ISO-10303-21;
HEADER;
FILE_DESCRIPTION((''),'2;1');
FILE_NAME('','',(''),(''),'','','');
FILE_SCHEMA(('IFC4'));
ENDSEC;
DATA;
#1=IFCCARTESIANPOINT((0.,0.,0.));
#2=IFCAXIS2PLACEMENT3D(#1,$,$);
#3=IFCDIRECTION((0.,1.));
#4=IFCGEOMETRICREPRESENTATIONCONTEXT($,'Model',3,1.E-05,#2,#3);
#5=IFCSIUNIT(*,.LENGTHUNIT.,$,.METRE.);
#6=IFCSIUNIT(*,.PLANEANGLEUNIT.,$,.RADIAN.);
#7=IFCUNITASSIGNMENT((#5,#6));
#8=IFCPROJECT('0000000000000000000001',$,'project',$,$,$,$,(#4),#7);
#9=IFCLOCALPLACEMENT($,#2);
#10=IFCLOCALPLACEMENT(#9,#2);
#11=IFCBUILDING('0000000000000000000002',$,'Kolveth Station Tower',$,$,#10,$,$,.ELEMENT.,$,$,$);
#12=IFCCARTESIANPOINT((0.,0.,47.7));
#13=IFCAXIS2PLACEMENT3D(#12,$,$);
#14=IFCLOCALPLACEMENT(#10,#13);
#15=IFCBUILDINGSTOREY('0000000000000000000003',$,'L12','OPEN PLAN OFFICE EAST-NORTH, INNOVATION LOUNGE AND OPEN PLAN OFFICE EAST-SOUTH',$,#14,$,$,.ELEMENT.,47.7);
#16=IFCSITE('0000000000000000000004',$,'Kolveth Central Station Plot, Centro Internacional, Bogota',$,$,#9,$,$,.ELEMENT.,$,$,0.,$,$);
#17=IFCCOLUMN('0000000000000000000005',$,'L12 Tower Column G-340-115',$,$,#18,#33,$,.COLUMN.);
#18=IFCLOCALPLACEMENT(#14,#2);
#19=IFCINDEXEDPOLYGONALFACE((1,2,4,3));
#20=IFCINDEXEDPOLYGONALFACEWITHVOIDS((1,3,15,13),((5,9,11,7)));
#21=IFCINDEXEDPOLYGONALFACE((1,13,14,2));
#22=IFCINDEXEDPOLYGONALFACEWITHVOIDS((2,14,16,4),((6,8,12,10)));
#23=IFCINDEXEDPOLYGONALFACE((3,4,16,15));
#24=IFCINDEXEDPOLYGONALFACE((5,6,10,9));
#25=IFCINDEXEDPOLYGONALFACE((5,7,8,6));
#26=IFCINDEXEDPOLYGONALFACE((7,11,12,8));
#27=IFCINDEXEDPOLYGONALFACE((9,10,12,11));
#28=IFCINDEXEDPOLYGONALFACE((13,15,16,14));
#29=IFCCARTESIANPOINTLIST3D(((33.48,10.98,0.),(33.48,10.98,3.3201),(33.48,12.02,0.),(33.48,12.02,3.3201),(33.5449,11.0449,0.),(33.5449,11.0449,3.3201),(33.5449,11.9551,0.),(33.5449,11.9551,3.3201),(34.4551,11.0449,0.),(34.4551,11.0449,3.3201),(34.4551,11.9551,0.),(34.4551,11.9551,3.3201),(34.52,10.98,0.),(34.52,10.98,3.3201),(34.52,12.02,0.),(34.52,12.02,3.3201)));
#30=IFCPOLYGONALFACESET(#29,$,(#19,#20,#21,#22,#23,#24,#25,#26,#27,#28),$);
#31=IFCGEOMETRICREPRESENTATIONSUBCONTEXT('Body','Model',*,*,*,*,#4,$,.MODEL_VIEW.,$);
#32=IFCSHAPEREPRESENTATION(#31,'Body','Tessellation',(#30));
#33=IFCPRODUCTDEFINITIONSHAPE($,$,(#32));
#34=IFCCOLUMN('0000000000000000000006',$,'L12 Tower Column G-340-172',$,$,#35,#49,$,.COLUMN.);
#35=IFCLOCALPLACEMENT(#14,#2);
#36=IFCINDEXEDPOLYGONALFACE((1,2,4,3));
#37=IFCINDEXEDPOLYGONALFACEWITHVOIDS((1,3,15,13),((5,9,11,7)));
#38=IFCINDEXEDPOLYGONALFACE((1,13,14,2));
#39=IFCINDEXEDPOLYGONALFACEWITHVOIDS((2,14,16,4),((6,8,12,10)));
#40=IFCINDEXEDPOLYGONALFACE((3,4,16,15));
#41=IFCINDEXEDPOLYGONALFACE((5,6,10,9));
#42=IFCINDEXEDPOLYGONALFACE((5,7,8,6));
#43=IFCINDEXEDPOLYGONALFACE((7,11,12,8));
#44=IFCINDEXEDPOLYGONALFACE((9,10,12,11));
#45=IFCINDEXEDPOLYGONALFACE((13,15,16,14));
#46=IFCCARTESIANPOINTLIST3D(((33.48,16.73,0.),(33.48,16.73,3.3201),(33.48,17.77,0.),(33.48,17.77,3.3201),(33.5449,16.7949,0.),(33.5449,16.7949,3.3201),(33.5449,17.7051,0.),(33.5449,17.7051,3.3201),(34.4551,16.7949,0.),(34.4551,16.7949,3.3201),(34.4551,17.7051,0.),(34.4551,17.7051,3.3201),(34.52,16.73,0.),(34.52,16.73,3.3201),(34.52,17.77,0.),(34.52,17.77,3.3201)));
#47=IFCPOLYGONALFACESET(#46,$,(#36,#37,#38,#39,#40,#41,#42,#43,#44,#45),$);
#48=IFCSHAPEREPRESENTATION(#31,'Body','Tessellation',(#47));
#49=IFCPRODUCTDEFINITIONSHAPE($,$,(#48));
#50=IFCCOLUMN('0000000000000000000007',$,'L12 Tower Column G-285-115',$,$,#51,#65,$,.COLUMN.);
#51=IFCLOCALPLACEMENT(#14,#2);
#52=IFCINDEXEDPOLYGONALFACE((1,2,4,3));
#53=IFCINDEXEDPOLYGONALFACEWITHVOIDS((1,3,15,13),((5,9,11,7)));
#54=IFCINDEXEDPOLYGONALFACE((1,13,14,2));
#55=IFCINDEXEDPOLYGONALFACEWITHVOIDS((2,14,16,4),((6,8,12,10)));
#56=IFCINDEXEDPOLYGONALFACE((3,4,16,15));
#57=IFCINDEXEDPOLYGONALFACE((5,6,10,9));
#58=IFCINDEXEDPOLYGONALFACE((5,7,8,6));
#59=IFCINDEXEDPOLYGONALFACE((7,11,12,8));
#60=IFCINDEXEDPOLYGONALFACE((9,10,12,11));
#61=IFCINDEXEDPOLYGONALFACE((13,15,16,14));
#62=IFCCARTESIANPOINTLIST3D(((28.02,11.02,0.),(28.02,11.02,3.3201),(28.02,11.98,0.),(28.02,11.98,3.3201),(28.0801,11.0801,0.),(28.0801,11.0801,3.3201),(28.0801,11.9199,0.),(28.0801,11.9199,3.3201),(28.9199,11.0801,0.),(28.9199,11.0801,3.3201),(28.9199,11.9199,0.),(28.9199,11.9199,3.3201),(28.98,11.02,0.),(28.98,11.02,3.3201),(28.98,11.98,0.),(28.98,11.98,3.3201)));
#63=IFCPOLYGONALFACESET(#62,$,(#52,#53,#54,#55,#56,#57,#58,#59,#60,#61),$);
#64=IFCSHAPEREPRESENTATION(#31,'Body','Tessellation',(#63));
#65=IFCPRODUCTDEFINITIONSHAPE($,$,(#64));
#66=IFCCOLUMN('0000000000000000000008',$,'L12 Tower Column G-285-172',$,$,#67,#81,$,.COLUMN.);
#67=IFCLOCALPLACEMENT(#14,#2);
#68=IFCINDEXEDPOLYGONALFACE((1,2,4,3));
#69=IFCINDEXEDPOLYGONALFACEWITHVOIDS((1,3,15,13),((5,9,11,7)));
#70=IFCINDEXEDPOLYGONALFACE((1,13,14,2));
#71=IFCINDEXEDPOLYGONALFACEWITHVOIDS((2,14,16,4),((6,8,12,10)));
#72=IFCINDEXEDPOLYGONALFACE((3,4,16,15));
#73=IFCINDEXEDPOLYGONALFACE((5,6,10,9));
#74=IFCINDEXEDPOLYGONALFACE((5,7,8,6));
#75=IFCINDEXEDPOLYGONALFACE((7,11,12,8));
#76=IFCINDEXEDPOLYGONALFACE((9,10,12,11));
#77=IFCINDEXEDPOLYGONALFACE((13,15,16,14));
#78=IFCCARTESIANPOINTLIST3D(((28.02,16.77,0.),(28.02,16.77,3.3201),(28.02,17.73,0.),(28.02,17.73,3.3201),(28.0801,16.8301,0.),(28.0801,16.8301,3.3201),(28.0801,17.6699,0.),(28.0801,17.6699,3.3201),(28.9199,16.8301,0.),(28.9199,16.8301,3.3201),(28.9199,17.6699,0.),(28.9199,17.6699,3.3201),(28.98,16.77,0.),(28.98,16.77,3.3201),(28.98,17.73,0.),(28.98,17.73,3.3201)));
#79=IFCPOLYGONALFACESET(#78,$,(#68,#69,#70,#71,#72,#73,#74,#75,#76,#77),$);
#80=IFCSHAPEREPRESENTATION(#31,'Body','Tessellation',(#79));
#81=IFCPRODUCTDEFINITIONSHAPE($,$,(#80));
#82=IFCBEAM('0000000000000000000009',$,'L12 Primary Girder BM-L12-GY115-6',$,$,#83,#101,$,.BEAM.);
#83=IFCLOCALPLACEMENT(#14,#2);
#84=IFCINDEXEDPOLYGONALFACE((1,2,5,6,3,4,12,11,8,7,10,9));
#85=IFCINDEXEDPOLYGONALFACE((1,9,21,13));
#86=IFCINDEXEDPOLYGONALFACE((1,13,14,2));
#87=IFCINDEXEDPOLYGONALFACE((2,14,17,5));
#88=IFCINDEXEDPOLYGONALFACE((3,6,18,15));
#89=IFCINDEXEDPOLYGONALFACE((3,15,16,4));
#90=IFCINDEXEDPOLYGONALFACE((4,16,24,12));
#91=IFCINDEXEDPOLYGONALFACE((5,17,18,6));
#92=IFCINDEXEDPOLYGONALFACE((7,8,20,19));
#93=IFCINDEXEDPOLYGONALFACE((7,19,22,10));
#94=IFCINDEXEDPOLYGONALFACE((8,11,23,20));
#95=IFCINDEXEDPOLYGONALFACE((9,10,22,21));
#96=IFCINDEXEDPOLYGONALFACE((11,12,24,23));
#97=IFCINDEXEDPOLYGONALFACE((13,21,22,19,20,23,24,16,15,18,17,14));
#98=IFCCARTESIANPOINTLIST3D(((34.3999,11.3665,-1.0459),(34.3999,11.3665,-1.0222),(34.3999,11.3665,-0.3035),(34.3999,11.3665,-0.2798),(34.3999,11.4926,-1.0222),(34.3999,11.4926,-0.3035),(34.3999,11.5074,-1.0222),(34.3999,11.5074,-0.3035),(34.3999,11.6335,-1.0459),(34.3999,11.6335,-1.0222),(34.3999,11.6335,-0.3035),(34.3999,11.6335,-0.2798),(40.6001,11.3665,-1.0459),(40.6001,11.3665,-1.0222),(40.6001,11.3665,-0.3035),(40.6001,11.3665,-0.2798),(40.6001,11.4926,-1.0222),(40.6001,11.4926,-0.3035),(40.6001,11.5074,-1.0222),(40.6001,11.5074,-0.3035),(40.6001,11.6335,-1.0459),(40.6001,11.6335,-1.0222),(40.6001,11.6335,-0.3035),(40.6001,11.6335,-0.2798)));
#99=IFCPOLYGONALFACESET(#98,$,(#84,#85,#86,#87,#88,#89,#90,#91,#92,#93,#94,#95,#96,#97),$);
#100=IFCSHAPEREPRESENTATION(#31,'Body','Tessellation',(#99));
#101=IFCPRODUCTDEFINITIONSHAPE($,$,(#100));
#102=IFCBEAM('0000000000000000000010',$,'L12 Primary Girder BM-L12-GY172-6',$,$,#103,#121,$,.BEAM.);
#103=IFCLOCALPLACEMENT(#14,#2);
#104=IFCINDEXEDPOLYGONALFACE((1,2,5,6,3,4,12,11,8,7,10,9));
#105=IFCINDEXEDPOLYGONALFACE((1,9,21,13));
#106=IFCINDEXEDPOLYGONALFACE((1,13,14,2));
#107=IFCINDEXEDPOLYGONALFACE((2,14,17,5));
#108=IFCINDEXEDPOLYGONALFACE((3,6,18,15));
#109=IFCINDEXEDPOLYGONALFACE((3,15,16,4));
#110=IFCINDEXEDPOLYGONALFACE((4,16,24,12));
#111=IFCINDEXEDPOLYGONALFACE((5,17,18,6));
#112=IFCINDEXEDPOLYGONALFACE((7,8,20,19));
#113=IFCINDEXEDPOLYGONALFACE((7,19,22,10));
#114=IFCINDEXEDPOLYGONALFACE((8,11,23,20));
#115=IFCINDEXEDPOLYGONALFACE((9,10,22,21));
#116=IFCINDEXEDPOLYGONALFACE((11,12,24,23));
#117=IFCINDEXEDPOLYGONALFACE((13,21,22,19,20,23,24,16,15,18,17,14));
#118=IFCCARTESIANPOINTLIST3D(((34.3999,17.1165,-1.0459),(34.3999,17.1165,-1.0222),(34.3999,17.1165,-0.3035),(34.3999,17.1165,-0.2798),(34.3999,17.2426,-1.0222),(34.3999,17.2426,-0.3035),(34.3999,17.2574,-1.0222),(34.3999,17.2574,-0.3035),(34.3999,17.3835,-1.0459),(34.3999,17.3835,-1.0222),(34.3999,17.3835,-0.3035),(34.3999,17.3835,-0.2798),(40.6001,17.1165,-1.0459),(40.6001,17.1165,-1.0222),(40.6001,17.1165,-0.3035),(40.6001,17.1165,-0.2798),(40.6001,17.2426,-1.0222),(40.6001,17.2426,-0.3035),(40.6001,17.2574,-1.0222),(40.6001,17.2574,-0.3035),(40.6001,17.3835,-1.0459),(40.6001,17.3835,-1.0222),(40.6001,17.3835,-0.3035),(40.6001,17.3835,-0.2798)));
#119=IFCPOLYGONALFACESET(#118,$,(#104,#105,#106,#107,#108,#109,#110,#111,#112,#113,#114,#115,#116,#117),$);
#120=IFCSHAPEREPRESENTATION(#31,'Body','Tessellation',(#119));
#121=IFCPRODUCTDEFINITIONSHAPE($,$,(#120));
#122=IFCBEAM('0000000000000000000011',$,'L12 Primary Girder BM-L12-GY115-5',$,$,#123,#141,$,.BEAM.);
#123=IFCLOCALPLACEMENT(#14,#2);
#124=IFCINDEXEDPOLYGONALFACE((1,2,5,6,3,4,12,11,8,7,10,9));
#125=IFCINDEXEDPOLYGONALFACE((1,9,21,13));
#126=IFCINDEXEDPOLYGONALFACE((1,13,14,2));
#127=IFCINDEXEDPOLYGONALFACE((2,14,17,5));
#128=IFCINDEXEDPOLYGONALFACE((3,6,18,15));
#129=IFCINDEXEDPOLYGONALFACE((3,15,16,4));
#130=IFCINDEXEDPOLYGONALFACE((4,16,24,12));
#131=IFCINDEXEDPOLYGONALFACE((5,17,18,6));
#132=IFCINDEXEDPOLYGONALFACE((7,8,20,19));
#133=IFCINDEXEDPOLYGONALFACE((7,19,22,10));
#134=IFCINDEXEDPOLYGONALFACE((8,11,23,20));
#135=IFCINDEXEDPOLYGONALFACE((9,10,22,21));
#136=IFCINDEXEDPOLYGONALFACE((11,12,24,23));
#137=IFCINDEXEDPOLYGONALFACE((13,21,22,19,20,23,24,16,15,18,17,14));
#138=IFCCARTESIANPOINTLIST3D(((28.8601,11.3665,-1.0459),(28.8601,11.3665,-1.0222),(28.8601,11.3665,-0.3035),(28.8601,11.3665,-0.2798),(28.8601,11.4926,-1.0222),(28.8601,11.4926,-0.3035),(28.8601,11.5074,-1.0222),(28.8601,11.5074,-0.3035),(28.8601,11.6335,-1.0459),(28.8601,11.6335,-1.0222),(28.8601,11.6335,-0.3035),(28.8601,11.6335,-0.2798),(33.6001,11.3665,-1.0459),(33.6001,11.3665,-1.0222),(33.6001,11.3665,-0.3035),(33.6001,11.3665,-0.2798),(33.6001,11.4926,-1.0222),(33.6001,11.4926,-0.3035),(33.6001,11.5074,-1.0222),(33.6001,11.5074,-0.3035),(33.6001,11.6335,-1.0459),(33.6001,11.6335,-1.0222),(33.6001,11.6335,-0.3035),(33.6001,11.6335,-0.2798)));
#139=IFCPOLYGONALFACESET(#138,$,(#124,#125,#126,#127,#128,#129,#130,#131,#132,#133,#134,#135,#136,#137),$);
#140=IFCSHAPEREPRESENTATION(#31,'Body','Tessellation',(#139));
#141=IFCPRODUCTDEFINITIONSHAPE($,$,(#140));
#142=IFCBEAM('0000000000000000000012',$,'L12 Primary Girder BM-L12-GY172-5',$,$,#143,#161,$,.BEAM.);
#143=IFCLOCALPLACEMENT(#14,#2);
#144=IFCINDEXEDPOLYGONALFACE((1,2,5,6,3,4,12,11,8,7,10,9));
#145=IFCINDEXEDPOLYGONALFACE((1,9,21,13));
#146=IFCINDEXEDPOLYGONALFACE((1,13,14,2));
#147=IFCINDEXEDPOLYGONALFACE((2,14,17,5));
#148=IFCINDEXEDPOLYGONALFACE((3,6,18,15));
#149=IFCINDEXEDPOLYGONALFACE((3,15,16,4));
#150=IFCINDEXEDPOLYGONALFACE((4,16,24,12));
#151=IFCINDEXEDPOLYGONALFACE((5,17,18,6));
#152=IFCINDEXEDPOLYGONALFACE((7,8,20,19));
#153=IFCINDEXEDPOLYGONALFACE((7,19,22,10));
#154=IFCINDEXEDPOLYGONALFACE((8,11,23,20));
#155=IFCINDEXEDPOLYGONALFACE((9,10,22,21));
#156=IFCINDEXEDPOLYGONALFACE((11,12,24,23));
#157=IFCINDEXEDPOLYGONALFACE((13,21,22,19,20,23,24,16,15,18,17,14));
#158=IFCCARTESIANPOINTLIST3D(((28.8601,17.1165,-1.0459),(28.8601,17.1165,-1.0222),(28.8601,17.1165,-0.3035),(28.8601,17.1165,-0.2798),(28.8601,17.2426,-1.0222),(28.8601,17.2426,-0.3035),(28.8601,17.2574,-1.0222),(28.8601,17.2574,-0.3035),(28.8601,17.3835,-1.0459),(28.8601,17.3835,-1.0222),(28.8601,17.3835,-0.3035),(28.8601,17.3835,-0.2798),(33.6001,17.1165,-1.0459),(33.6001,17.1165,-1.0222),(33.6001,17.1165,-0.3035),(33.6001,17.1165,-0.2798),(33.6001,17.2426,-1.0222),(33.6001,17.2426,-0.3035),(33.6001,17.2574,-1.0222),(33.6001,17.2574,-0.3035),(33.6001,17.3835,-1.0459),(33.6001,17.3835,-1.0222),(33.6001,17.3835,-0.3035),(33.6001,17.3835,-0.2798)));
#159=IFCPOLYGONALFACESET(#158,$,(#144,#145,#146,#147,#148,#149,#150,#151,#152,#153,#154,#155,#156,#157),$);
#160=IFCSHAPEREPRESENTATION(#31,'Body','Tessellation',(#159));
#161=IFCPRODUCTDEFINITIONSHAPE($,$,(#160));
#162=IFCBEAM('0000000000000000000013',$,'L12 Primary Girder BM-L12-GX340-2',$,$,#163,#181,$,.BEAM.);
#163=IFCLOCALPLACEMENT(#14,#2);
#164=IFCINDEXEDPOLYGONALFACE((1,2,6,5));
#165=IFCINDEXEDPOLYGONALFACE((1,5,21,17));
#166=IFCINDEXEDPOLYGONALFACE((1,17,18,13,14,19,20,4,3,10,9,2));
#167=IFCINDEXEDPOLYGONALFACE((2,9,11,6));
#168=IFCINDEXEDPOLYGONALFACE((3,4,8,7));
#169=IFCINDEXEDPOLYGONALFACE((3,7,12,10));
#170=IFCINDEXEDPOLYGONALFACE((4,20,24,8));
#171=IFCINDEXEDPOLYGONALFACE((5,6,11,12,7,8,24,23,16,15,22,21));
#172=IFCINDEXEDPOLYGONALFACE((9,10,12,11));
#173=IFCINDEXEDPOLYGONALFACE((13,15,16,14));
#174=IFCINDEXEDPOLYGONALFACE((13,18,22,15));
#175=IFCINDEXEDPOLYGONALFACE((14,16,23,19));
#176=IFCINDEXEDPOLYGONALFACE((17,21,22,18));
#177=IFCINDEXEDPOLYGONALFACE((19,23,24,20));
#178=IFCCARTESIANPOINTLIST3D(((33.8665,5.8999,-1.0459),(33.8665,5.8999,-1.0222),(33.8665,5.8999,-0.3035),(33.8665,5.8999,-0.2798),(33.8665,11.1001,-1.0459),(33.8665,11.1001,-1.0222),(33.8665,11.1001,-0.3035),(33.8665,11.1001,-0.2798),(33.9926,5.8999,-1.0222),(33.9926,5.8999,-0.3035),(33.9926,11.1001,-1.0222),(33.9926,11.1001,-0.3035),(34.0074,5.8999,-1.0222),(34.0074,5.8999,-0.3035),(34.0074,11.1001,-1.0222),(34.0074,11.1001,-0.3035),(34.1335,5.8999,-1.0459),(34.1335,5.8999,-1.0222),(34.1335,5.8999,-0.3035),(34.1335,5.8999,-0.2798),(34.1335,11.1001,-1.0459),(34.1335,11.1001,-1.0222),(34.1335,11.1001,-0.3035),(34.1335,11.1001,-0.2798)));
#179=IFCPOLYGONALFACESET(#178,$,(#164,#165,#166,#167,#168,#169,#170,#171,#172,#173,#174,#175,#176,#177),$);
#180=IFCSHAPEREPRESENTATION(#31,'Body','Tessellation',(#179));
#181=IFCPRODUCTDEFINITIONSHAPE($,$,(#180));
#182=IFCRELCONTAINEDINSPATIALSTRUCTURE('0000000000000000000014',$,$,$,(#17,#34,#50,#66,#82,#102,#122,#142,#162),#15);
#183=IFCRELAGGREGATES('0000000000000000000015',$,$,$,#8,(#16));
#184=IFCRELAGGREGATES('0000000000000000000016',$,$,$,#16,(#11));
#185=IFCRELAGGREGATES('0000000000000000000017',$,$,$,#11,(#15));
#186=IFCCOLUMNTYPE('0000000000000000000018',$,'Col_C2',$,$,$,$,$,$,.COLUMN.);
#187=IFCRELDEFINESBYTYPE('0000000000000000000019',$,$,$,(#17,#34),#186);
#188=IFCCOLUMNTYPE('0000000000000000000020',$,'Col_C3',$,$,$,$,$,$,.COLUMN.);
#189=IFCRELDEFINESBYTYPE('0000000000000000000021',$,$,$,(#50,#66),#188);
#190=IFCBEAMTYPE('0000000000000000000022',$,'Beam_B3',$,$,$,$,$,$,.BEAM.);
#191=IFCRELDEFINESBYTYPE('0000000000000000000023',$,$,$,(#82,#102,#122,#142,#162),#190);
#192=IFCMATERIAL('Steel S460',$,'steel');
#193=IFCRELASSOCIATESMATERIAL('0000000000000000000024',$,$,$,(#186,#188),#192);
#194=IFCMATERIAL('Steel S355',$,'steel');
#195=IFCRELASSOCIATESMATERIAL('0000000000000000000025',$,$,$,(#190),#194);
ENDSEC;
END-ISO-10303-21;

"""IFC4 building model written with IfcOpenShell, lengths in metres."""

from ifc_helpers import new_model, si_unit, direction, frame, origin, origin_2d, place, context, subcontext, project, spatial, hollow_rectangle, i_section, extrude, source, transform, mapped, material, material_profile, profile_set, type_object, element, save


model = new_model("IFC4")

# Units and contexts
model_context = context("Model", 3, precision=1e-05, world=origin(), true_north=direction((0.0, 1.0)))
body_context = subcontext(model_context, "Body", "Model", "MODEL_VIEW")
ifc_project = project(units=[si_unit("LENGTHUNIT", "METRE"), si_unit("PLANEANGLEUNIT", "RADIAN")], contexts=[model_context])

# Site, building, storey
site_placement = place(None, origin())
site = spatial("IfcSite", under=ifc_project, at=site_placement, Name="Kolveth Central Station Plot, Centro Internacional, Bogota", CompositionType="ELEMENT", RefElevation=0.0)
building_placement = place(site_placement, origin())
building = spatial("IfcBuilding", under=site, at=building_placement, Name="Kolveth Station Tower", CompositionType="ELEMENT")
storey_placement = place(building_placement, frame((0.0, 0.0, 47.7)))
storey = spatial("IfcBuildingStorey", under=building, at=storey_placement, Name="L12", Description="OPEN PLAN OFFICE EAST-NORTH, INNOVATION LOUNGE AND OPEN PLAN OFFICE EAST-SOUTH", CompositionType="ELEMENT", Elevation=47.7)

# Columns
ifc_material_1 = material(Name="Steel S460", Category="steel")
ifc_material_profile_1 = material_profile(ifc_material_1, hollow_rectangle(XDim=1.04, YDim=1.04, WallThickness=0.0649, at=origin_2d()), Name="BOX1040x1040x65")
ifc_profile_set_1 = profile_set([ifc_material_profile_1], Name="Steel S460")
column_type_1 = type_object("IfcColumnType", Name="Col_C2", PredefinedType="COLUMN", material=ifc_profile_set_1)
shared_shape_1 = source(origin(), body_context, "Body", "SweptSolid", [
    extrude(hollow_rectangle(XDim=1.04, YDim=1.04, WallThickness=0.0649, at=origin_2d()), origin(), (0.0, 0.0, 1.0), 3.3201),
])
for number, where, z_axis, x_axis, name in (
    (1, (34.0, 11.5, 0.0), (0.0, 0.0, 1.0), (1.0, 0.0, 0.0), "L12 Tower Column G-340-115"),
    (2, (34.0, 17.25, 0.0), (0.0, 0.0, 1.0), (1.0, 0.0, 0.0), "L12 Tower Column G-340-172"),
):
    element("IfcColumn", number, at=place(storey_placement, frame(where, z_axis=z_axis, x_axis=x_axis)), inside=storey, type_object=column_type_1, Name=name, PredefinedType="COLUMN", context=body_context, shape_type="MappedRepresentation", body=[
        mapped(shared_shape_1, transform((0.0, 0.0, 0.0), x_axis=(1.0, 0.0, 0.0), y_axis=(0.0, 1.0, 0.0), z_axis=(0.0, 0.0, 1.0), scale=1.0)),
    ])
ifc_material_profile_2 = material_profile(ifc_material_1, hollow_rectangle(XDim=0.96, YDim=0.96, WallThickness=0.0601, at=origin_2d()), Name="BOX960x960x60")
ifc_profile_set_2 = profile_set([ifc_material_profile_2], Name="Steel S460")
column_type_2 = type_object("IfcColumnType", Name="Col_C3", PredefinedType="COLUMN", material=ifc_profile_set_2)
shared_shape_2 = source(origin(), body_context, "Body", "SweptSolid", [
    extrude(hollow_rectangle(XDim=0.96, YDim=0.96, WallThickness=0.0601, at=origin_2d()), origin(), (0.0, 0.0, 1.0), 3.3201),
])
for number, where, z_axis, x_axis, name in (
    (3, (28.5, 11.5, 0.0), (0.0, 0.0, 1.0), (1.0, 0.0, 0.0), "L12 Tower Column G-285-115"),
    (4, (28.5, 17.25, 0.0), (0.0, 0.0, 1.0), (1.0, 0.0, 0.0), "L12 Tower Column G-285-172"),
):
    element("IfcColumn", number, at=place(storey_placement, frame(where, z_axis=z_axis, x_axis=x_axis)), inside=storey, type_object=column_type_2, Name=name, PredefinedType="COLUMN", context=body_context, shape_type="MappedRepresentation", body=[
        mapped(shared_shape_2, transform((0.0, 0.0, 0.0), x_axis=(1.0, 0.0, 0.0), y_axis=(0.0, 1.0, 0.0), z_axis=(0.0, 0.0, 1.0), scale=1.0)),
    ])

# Beams
ifc_material_2 = material(Name="Steel S355", Category="steel")
ifc_material_profile_3 = material_profile(ifc_material_2, i_section(OverallWidth=0.2671, OverallDepth=0.7661, WebThickness=0.0149, FlangeThickness=0.0237, at=origin_2d()), Name="W760x185")
ifc_profile_set_3 = profile_set([ifc_material_profile_3], Name="Steel S355")
beam_type_1 = type_object("IfcBeamType", Name="Beam_B3", PredefinedType="BEAM", material=ifc_profile_set_3)
shared_shape_3 = source(origin(), body_context, "Body", "SweptSolid", [
    extrude(i_section(OverallWidth=0.2671, OverallDepth=0.7661, WebThickness=0.0149, FlangeThickness=0.0237, at=origin_2d()), origin(), (0.0, 0.0, 1.0), 6.2002),
])
for number, where, z_axis, x_axis, name in (
    (5, (34.3999, 11.5, -0.6628), (1.0, 0.0, 0.0), (0.0, 1.0, 0.0), "L12 Primary Girder BM-L12-GY115-6"),
    (6, (34.3999, 17.25, -0.6628), (1.0, 0.0, 0.0), (0.0, 1.0, 0.0), "L12 Primary Girder BM-L12-GY172-6"),
):
    element("IfcBeam", number, at=place(storey_placement, frame(where, z_axis=z_axis, x_axis=x_axis)), inside=storey, type_object=beam_type_1, Name=name, PredefinedType="BEAM", context=body_context, shape_type="MappedRepresentation", body=[
        mapped(shared_shape_3, transform((0.0, 0.0, 0.0), x_axis=(1.0, 0.0, 0.0), y_axis=(0.0, 1.0, 0.0), z_axis=(0.0, 0.0, 1.0), scale=1.0)),
    ])
shared_shape_4 = source(origin(), body_context, "Body", "SweptSolid", [
    extrude(i_section(OverallWidth=0.2671, OverallDepth=0.7661, WebThickness=0.0149, FlangeThickness=0.0237, at=origin_2d()), origin(), (0.0, 0.0, 1.0), 4.74),
])
for number, where, z_axis, x_axis, name in (
    (7, (28.8601, 11.5, -0.6628), (1.0, 0.0, 0.0), (0.0, 1.0, 0.0), "L12 Primary Girder BM-L12-GY115-5"),
    (8, (28.8601, 17.25, -0.6628), (1.0, 0.0, 0.0), (0.0, 1.0, 0.0), "L12 Primary Girder BM-L12-GY172-5"),
):
    element("IfcBeam", number, at=place(storey_placement, frame(where, z_axis=z_axis, x_axis=x_axis)), inside=storey, type_object=beam_type_1, Name=name, PredefinedType="BEAM", context=body_context, shape_type="MappedRepresentation", body=[
        mapped(shared_shape_4, transform((0.0, 0.0, 0.0), x_axis=(1.0, 0.0, 0.0), y_axis=(0.0, 1.0, 0.0), z_axis=(0.0, 0.0, 1.0), scale=1.0)),
    ])
shared_shape_5 = source(origin(), body_context, "Body", "SweptSolid", [
    extrude(i_section(OverallWidth=0.2671, OverallDepth=0.7661, WebThickness=0.0149, FlangeThickness=0.0237, at=origin_2d()), origin(), (0.0, 0.0, 1.0), 5.2002),
])
beam_1_placement = place(storey_placement, frame((34.0, 5.8999, -0.6628), z_axis=(0.0, 1.0, 0.0), x_axis=(-1.0, 0.0, 0.0)))
element("IfcBeam", 9, at=beam_1_placement, inside=storey, type_object=beam_type_1, Name="L12 Primary Girder BM-L12-GX340-2", PredefinedType="BEAM", context=body_context, shape_type="MappedRepresentation", body=[
    mapped(shared_shape_5, transform((0.0, 0.0, 0.0), x_axis=(1.0, 0.0, 0.0), y_axis=(0.0, 1.0, 0.0), z_axis=(0.0, 0.0, 1.0), scale=1.0)),
])

save(model, "model.ifc")
